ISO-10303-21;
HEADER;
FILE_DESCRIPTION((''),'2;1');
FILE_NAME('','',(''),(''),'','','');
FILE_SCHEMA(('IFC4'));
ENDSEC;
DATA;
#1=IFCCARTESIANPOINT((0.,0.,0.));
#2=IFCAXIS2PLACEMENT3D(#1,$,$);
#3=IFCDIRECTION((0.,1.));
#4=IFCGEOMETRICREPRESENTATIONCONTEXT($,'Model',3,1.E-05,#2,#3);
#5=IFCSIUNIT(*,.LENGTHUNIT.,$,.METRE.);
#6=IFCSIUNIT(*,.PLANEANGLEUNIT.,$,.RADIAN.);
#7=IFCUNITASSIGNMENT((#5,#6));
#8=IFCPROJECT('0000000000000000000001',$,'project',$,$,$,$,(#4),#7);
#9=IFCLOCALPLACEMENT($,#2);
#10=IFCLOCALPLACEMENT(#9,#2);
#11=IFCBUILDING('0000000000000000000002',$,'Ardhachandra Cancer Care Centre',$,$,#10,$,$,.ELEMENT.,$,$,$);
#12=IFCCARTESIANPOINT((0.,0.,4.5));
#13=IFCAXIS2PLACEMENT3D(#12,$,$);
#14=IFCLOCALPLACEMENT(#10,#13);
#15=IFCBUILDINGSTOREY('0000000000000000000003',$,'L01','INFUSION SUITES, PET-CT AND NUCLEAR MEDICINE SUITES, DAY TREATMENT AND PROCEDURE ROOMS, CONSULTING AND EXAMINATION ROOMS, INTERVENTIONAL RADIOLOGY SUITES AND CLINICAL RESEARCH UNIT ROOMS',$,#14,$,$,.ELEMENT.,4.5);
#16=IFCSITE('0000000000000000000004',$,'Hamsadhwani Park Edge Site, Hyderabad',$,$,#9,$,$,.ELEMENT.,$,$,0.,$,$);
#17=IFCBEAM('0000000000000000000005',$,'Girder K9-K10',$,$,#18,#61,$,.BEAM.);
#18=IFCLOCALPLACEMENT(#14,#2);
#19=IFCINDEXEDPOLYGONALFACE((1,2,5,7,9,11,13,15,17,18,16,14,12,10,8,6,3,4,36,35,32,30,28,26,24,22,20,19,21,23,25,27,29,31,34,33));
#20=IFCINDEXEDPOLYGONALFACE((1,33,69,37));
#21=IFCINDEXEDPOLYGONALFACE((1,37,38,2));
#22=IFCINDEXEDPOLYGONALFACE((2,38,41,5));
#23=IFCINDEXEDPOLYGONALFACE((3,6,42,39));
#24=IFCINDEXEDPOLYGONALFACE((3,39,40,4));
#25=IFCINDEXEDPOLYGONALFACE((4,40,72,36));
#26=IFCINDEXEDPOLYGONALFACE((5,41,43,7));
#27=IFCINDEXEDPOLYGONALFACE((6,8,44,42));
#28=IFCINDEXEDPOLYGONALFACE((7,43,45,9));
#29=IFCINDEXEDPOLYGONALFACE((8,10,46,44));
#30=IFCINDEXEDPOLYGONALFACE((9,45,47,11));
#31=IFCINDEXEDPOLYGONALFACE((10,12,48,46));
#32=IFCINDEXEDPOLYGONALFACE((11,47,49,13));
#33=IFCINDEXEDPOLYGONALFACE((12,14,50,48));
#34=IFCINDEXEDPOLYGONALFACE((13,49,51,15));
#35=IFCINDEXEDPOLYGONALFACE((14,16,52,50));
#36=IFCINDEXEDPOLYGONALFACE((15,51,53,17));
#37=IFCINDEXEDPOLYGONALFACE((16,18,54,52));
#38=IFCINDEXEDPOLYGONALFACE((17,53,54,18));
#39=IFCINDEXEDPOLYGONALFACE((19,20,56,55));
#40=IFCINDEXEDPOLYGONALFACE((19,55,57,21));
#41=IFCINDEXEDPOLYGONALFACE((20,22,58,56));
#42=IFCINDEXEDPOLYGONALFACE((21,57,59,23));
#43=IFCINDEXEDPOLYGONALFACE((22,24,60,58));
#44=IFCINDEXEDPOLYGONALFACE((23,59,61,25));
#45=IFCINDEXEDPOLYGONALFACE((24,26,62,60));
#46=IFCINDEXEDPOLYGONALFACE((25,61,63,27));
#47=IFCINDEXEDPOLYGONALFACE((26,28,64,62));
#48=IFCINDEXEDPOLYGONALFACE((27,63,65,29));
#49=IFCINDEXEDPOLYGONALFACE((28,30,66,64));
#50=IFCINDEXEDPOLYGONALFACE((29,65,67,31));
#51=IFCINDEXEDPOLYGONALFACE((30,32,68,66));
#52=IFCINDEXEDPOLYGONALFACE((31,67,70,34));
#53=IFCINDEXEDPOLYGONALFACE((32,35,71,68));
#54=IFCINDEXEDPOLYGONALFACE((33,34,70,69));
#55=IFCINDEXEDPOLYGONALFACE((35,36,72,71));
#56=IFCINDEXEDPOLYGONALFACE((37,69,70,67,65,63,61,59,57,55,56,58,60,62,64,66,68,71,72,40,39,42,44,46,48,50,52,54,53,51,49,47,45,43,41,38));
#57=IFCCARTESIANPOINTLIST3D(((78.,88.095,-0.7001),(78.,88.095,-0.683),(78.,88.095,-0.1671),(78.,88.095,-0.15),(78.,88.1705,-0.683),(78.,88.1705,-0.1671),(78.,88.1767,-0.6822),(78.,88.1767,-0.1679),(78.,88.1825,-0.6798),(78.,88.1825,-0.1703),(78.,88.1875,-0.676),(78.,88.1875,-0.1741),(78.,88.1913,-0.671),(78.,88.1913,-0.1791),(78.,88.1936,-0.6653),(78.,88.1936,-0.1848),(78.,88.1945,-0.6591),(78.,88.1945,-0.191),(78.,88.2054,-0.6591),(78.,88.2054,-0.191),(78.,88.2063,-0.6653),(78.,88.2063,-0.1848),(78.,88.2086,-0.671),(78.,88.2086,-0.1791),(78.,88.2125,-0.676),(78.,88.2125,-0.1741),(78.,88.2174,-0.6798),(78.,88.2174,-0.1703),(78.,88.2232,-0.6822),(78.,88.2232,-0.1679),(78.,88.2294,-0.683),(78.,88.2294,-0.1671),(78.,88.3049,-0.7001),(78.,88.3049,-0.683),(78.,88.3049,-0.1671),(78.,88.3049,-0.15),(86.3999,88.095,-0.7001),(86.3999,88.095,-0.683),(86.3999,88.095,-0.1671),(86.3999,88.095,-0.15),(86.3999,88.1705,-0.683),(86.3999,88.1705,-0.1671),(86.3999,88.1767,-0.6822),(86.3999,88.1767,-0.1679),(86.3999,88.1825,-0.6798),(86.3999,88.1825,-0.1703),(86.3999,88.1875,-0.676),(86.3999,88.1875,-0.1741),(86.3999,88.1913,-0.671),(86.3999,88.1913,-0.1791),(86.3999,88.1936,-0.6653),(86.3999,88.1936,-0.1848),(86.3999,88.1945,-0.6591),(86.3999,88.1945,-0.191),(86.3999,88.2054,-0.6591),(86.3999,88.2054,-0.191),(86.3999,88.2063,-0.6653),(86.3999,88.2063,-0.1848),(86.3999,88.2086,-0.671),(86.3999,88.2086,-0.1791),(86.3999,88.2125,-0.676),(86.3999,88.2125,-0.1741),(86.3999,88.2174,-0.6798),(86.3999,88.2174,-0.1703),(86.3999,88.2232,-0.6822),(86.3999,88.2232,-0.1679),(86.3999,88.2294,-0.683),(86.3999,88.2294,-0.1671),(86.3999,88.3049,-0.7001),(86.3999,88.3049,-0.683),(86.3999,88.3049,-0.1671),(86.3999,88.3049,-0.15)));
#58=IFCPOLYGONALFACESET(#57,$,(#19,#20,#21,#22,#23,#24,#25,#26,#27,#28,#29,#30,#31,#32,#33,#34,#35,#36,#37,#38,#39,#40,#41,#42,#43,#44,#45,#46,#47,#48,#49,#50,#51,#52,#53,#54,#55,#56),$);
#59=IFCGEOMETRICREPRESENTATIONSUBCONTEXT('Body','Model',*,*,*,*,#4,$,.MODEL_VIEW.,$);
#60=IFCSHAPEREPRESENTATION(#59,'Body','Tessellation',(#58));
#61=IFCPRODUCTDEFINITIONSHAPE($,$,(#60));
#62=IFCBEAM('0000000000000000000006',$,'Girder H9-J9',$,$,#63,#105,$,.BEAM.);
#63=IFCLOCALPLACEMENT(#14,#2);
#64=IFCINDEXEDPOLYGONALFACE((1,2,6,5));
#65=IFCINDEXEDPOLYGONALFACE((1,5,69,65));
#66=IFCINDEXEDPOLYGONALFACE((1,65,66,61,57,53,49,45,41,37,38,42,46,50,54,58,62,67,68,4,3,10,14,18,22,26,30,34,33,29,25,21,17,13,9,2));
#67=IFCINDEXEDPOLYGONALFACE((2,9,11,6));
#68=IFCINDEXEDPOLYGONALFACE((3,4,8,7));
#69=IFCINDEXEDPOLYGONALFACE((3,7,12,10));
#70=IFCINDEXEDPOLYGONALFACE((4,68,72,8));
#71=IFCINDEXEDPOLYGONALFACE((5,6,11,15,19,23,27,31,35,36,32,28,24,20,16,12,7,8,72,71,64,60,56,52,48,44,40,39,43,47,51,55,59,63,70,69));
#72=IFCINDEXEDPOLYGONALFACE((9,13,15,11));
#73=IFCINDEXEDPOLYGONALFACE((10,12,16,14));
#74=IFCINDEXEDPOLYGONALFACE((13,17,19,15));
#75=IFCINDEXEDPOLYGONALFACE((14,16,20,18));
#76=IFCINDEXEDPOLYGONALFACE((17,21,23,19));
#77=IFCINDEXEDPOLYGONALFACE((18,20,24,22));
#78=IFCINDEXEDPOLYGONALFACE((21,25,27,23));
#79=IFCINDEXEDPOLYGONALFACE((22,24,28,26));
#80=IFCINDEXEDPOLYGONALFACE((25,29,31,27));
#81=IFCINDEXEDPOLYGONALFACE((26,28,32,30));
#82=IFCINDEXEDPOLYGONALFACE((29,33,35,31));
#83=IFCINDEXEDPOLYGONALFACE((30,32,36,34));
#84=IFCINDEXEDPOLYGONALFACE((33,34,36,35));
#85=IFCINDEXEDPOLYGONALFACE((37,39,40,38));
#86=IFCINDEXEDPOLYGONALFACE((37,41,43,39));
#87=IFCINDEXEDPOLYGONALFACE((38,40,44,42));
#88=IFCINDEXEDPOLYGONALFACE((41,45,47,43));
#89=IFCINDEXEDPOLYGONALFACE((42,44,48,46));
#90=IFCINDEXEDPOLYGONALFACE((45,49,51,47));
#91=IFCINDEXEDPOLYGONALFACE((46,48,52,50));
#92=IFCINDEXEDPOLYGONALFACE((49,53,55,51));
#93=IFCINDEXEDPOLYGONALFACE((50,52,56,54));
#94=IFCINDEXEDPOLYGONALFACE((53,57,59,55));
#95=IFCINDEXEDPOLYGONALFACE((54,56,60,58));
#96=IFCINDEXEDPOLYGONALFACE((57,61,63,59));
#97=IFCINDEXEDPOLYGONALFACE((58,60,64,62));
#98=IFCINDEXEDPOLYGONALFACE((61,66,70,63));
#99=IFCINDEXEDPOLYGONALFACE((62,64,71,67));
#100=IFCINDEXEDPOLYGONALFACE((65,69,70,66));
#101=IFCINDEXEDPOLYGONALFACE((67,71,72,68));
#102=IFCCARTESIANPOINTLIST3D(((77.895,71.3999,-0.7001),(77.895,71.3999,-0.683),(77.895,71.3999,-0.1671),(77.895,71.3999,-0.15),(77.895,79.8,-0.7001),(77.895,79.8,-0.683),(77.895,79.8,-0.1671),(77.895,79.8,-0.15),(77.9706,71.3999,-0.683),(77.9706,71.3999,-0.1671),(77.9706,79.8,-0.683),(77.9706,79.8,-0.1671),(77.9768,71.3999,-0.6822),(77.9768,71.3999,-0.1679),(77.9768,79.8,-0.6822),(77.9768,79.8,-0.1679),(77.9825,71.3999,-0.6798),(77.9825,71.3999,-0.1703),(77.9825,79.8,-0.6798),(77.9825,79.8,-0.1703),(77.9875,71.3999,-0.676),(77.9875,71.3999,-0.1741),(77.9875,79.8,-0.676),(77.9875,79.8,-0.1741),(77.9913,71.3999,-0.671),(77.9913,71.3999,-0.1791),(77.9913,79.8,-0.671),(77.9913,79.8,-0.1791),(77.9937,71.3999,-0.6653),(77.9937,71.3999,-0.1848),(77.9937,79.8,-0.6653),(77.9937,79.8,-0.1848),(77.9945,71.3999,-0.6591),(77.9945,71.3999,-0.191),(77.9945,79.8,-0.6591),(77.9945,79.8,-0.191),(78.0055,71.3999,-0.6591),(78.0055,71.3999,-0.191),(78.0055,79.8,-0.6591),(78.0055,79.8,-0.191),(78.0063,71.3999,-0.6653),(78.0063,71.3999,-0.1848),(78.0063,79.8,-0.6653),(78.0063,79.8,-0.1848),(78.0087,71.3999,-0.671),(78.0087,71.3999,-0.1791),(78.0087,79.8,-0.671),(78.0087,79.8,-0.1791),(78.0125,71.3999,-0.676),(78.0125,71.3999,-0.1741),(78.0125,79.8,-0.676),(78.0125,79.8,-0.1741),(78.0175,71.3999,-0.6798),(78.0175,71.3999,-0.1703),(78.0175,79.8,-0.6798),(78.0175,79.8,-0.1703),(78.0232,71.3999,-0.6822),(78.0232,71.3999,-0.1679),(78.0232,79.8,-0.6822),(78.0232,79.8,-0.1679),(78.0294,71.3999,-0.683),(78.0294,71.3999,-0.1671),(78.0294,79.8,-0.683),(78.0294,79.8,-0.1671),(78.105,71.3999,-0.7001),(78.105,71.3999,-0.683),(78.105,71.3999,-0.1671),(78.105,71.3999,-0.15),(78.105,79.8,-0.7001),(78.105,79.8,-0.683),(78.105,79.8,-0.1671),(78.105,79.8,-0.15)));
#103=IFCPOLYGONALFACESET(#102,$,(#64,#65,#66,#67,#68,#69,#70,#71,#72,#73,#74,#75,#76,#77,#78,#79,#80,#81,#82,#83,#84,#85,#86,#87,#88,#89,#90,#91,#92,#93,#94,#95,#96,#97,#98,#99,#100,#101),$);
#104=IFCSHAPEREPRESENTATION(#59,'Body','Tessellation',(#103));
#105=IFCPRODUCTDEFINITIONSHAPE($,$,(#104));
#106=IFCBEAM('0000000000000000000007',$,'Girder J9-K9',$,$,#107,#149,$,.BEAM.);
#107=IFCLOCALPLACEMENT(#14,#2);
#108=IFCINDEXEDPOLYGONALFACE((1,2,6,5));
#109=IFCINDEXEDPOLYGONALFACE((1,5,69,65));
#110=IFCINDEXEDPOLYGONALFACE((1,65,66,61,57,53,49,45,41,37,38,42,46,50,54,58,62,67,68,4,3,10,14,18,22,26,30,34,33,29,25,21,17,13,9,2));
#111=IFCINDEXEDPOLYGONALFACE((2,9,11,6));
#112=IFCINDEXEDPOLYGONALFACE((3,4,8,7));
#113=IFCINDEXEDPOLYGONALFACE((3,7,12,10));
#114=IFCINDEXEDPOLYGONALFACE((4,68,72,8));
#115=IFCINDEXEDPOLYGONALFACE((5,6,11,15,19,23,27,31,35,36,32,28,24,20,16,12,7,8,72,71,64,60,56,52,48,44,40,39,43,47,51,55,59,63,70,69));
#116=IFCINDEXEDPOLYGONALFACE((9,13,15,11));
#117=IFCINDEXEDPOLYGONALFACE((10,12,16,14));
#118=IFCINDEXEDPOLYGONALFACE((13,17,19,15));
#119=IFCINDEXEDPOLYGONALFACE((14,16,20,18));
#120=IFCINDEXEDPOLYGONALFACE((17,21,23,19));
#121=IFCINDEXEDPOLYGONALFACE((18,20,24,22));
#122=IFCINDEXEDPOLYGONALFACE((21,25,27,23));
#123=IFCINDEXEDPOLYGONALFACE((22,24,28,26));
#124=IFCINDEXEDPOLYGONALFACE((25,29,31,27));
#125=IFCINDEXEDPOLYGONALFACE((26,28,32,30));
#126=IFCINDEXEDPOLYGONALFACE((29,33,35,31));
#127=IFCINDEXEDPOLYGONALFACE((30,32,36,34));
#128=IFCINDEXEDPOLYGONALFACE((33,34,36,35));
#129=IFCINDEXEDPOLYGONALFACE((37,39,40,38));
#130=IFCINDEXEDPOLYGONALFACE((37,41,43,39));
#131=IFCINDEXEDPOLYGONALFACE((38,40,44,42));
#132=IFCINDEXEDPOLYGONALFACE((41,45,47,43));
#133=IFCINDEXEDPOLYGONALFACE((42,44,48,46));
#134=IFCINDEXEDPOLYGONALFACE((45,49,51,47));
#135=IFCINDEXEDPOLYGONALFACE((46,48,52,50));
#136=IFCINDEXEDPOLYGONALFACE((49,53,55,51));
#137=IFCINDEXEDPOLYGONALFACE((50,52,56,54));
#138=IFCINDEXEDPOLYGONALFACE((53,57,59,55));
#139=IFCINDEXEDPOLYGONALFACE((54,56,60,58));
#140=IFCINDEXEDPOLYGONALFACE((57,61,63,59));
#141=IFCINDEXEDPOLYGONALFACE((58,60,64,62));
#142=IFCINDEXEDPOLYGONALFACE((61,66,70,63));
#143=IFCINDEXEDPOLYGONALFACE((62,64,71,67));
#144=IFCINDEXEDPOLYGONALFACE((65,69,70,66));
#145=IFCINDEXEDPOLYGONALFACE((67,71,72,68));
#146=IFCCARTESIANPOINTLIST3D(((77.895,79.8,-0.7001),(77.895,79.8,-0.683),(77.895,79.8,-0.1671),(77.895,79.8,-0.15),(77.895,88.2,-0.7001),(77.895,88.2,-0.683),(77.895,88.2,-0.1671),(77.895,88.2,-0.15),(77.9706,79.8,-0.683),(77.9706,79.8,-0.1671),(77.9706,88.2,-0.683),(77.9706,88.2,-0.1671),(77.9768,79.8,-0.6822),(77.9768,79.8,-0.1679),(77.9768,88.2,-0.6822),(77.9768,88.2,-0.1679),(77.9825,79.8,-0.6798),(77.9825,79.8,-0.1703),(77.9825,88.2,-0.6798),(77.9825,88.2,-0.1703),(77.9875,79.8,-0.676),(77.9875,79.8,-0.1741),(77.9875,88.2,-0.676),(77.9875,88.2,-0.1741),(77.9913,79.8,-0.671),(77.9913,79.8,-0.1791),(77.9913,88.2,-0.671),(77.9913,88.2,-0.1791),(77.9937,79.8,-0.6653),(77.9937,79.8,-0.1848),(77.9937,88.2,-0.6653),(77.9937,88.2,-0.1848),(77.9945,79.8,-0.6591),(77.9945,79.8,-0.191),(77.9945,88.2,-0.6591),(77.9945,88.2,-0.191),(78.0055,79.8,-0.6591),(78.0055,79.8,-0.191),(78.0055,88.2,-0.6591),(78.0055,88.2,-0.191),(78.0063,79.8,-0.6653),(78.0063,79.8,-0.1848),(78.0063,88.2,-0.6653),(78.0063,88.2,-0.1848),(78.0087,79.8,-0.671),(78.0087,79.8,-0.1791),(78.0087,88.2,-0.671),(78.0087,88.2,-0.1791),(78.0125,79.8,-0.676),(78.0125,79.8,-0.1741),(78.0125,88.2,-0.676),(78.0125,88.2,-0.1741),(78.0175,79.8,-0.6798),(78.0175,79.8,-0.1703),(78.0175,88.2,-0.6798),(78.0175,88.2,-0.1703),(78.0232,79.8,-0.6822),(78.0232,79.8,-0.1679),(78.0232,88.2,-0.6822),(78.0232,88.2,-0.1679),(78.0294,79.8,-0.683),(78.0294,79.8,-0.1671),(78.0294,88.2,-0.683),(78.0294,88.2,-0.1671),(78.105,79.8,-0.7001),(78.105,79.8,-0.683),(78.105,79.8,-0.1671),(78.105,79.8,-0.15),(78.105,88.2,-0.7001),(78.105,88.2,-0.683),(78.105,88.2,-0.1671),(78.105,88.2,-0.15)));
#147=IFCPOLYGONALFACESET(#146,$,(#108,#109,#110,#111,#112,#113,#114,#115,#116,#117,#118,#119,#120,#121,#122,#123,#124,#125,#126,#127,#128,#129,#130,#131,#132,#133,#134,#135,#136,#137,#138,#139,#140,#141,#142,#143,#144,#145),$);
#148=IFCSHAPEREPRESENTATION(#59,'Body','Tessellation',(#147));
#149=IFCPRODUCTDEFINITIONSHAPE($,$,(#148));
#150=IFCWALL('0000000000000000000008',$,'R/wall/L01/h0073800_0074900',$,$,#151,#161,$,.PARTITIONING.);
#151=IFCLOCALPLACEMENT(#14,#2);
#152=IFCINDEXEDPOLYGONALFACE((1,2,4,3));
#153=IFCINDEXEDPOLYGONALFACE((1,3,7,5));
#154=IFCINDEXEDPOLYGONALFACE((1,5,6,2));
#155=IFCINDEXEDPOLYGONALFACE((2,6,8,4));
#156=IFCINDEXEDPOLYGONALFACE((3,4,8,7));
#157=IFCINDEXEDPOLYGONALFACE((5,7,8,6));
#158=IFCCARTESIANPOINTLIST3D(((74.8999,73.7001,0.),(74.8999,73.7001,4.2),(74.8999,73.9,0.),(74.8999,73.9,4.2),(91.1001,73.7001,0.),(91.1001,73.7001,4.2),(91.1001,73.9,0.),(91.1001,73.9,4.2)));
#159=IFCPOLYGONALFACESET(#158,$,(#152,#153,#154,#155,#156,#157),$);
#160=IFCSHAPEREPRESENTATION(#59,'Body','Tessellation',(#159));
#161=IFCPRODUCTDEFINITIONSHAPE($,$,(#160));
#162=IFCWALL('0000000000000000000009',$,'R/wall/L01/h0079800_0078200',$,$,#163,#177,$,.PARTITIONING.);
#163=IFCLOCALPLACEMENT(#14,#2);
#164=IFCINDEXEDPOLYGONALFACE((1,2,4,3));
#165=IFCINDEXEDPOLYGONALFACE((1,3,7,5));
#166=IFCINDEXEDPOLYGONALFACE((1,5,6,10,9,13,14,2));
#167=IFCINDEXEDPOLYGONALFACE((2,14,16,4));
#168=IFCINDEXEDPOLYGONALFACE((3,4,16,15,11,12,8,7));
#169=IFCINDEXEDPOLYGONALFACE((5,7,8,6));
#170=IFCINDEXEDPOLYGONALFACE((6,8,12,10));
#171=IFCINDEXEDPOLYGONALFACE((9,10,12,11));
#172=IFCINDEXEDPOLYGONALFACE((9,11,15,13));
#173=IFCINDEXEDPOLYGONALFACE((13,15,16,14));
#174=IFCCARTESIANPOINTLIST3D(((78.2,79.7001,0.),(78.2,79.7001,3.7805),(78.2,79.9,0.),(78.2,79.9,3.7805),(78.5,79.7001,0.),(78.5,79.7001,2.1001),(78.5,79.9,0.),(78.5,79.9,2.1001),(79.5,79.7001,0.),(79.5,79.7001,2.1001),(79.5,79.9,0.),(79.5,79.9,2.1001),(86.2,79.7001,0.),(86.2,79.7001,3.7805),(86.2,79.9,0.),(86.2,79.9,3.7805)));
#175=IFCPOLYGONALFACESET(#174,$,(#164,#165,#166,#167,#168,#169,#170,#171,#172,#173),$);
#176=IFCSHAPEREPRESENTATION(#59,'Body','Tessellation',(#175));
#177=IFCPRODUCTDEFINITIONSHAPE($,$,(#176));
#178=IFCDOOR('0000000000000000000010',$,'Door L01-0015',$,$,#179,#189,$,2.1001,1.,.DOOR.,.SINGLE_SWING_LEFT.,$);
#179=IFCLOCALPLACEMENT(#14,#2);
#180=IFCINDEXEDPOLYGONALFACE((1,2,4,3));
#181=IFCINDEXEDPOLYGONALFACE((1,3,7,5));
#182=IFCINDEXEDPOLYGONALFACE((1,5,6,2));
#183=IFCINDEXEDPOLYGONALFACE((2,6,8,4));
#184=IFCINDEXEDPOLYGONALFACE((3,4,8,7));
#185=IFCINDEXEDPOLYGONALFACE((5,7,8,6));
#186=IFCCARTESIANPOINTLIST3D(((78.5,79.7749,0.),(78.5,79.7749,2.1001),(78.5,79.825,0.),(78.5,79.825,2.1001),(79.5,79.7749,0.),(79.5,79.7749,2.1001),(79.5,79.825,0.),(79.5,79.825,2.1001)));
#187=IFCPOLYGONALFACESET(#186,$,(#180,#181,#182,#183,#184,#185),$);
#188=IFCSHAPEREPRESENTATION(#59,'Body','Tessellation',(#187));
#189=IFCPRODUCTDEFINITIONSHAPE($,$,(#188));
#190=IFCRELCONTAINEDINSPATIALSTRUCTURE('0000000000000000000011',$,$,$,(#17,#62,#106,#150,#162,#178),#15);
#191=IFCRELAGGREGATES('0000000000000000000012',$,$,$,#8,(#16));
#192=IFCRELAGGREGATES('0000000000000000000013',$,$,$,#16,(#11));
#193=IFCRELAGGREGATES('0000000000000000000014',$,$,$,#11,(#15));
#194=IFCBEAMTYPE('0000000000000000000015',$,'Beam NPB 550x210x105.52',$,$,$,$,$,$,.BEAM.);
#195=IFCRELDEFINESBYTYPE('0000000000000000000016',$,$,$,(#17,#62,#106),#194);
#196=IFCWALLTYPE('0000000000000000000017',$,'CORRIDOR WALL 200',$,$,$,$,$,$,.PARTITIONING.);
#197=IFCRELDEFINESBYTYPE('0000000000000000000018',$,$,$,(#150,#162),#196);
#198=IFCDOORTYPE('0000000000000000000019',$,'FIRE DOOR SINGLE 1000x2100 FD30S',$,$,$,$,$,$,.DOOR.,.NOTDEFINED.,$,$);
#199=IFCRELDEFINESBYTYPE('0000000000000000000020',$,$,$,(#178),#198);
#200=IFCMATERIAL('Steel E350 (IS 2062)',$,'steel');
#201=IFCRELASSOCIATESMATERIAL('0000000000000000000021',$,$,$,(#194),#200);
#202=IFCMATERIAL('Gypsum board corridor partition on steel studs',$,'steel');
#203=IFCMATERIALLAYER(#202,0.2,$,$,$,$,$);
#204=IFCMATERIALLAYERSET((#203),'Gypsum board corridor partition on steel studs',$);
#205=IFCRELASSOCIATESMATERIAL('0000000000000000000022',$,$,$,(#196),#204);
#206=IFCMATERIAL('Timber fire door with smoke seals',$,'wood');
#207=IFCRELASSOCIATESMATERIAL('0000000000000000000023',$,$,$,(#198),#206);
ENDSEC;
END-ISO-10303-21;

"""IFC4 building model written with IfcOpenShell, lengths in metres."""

from ifc_helpers import new_model, si_unit, direction, frame, frame_2d, origin, origin_2d, place, context, subcontext, project, spatial, rectangle, i_section, extrude, material, layer, layer_set, material_profile, profile_set, type_object, element, fill, save


model = new_model("IFC4")

# Units and contexts
model_context = context("Model", 3, precision=1e-05, world=origin(), true_north=direction((0.0, 1.0)))
body_context = subcontext(model_context, "Body", "Model", "MODEL_VIEW")
ifc_project = project(units=[si_unit("LENGTHUNIT", "METRE"), si_unit("PLANEANGLEUNIT", "RADIAN")], contexts=[model_context])

# Site, building, storey
site_placement = place(None, origin())
site = spatial("IfcSite", under=ifc_project, at=site_placement, Name="Hamsadhwani Park Edge Site, Hyderabad", CompositionType="ELEMENT", RefElevation=0.0)
building_placement = place(site_placement, origin())
building = spatial("IfcBuilding", under=site, at=building_placement, Name="Ardhachandra Cancer Care Centre", CompositionType="ELEMENT")
storey_placement = place(building_placement, frame((0.0, 0.0, 4.5)))
storey = spatial("IfcBuildingStorey", under=building, at=storey_placement, Name="L01", Description="INFUSION SUITES, PET-CT AND NUCLEAR MEDICINE SUITES, DAY TREATMENT AND PROCEDURE ROOMS, CONSULTING AND EXAMINATION ROOMS, INTERVENTIONAL RADIOLOGY SUITES AND CLINICAL RESEARCH UNIT ROOMS", CompositionType="ELEMENT", Elevation=4.5)

# Beams
ifc_material_1 = material(Name="Steel E350 (IS 2062)", Category="steel")
ifc_material_profile_1 = material_profile(ifc_material_1, i_section(OverallWidth=0.21, OverallDepth=0.55, WebThickness=0.011, FlangeThickness=0.0171, FilletRadius=0.0239, at=origin_2d()), Name="NPB 550x210x105.52")
ifc_profile_set_1 = profile_set([ifc_material_profile_1], Name="Steel E350 (IS 2062)")
beam_type_1 = type_object("IfcBeamType", Name="Beam NPB 550x210x105.52", PredefinedType="BEAM", material=ifc_profile_set_1)
beam_1_placement = place(storey_placement, frame((78.0, 88.2, -0.425), z_axis=(1.0, 0.0, 0.0), x_axis=(0.0, 1.0, 0.0)))
element("IfcBeam", 1, at=beam_1_placement, inside=storey, type_object=beam_type_1, Name="Girder K9-K10", PredefinedType="BEAM", context=body_context, shape_type="SweptSolid", body=[
    extrude(i_section(OverallWidth=0.21, OverallDepth=0.55, WebThickness=0.011, FlangeThickness=0.0171, FilletRadius=0.0239, at=origin_2d()), origin(), (0.0, 0.0, 1.0), 8.3999),
])
beam_2_placement = place(storey_placement, frame((78.0, 71.3999, -0.425), z_axis=(0.0, 1.0, 0.0), x_axis=(-1.0, 0.0, 0.0)))
element("IfcBeam", 2, at=beam_2_placement, inside=storey, type_object=beam_type_1, Name="Girder H9-J9", PredefinedType="BEAM", context=body_context, shape_type="SweptSolid", body=[
    extrude(i_section(OverallWidth=0.21, OverallDepth=0.55, WebThickness=0.011, FlangeThickness=0.0171, FilletRadius=0.0239, at=origin_2d()), origin(), (0.0, 0.0, 1.0), 8.4001),
])
beam_3_placement = place(storey_placement, frame((78.0, 79.8, -0.425), z_axis=(0.0, 1.0, 0.0), x_axis=(-1.0, 0.0, 0.0)))
element("IfcBeam", 3, at=beam_3_placement, inside=storey, type_object=beam_type_1, Name="Girder J9-K9", PredefinedType="BEAM", context=body_context, shape_type="SweptSolid", body=[
    extrude(i_section(OverallWidth=0.21, OverallDepth=0.55, WebThickness=0.011, FlangeThickness=0.0171, FilletRadius=0.0239, at=origin_2d()), origin(), (0.0, 0.0, 1.0), 8.3999),
])

# Wall
ifc_material_2 = material(Name="Gypsum board corridor partition on steel studs", Category="steel")
ifc_layer_1 = layer(ifc_material_2, 0.2)
ifc_layer_set_1 = layer_set([ifc_layer_1], Name="Gypsum board corridor partition on steel studs")
wall_type_1 = type_object("IfcWallType", Name="CORRIDOR WALL 200", PredefinedType="PARTITIONING", material=ifc_layer_set_1)
wall_1_placement = place(storey_placement, frame((74.8999, 73.8, 0.0), z_axis=(0.0, 0.0, 1.0), x_axis=(1.0, 0.0, 0.0)))
element("IfcWall", 4, at=wall_1_placement, inside=storey, type_object=wall_type_1, Name="R/wall/L01/h0073800_0074900", PredefinedType="PARTITIONING", context=body_context, shape_type="SweptSolid", body=[
    extrude(rectangle(XDim=16.2002, YDim=0.2, at=frame_2d((8.1001, 0.0))), origin(), (0.0, 0.0, 1.0), 4.2),
])

# Wall, opening, door
wall_2_placement = place(storey_placement, frame((78.2, 79.8, 0.0), z_axis=(0.0, 0.0, 1.0), x_axis=(1.0, 0.0, 0.0)))
wall_2 = element("IfcWall", 5, at=wall_2_placement, inside=storey, type_object=wall_type_1, Name="R/wall/L01/h0079800_0078200", PredefinedType="PARTITIONING", context=body_context, shape_type="SweptSolid", body=[
    extrude(rectangle(XDim=8.0, YDim=0.2, at=frame_2d((4.0, 0.0))), origin(), (0.0, 0.0, 1.0), 3.7805),
])
opening_1_placement = place(wall_2_placement, frame((0.3, 0.0, 0.0)))
opening_1 = element("IfcOpeningElement", 6, at=opening_1_placement, cuts=wall_2, PredefinedType="OPENING", context=body_context, shape_type="SweptSolid", body=[
    extrude(rectangle(XDim=1.0, YDim=2.1001, at=frame_2d((0.5, 1.05))), frame((0.0, 0.1099, 0.0), z_axis=(0.0, -1.0, 0.0), x_axis=(1.0, 0.0, 0.0)), (0.0, 0.0, 1.0), 0.22),
])
ifc_material_3 = material(Name="Timber fire door with smoke seals", Category="wood")
door_type = type_object("IfcDoorType", Name="FIRE DOOR SINGLE 1000x2100 FD30S", OperationType="NOTDEFINED", PredefinedType="DOOR", material=ifc_material_3)
door_1_placement = place(opening_1_placement, origin())
door_1 = element("IfcDoor", 7, at=door_1_placement, inside=storey, type_object=door_type, Name="Door L01-0015", OperationType="SINGLE_SWING_LEFT", OverallHeight=2.1001, OverallWidth=1.0, PredefinedType="DOOR", context=body_context, shape_type="SweptSolid", body=[
    extrude(rectangle(XDim=1.0, YDim=2.1001, at=frame_2d((0.5, 1.05))), frame((0.0, 0.0249, 0.0), z_axis=(0.0, -1.0, 0.0), x_axis=(1.0, 0.0, 0.0)), (0.0, 0.0, 1.0), 0.05),
])
fill(opening_1, door_1)

save(model, "model.ifc")
